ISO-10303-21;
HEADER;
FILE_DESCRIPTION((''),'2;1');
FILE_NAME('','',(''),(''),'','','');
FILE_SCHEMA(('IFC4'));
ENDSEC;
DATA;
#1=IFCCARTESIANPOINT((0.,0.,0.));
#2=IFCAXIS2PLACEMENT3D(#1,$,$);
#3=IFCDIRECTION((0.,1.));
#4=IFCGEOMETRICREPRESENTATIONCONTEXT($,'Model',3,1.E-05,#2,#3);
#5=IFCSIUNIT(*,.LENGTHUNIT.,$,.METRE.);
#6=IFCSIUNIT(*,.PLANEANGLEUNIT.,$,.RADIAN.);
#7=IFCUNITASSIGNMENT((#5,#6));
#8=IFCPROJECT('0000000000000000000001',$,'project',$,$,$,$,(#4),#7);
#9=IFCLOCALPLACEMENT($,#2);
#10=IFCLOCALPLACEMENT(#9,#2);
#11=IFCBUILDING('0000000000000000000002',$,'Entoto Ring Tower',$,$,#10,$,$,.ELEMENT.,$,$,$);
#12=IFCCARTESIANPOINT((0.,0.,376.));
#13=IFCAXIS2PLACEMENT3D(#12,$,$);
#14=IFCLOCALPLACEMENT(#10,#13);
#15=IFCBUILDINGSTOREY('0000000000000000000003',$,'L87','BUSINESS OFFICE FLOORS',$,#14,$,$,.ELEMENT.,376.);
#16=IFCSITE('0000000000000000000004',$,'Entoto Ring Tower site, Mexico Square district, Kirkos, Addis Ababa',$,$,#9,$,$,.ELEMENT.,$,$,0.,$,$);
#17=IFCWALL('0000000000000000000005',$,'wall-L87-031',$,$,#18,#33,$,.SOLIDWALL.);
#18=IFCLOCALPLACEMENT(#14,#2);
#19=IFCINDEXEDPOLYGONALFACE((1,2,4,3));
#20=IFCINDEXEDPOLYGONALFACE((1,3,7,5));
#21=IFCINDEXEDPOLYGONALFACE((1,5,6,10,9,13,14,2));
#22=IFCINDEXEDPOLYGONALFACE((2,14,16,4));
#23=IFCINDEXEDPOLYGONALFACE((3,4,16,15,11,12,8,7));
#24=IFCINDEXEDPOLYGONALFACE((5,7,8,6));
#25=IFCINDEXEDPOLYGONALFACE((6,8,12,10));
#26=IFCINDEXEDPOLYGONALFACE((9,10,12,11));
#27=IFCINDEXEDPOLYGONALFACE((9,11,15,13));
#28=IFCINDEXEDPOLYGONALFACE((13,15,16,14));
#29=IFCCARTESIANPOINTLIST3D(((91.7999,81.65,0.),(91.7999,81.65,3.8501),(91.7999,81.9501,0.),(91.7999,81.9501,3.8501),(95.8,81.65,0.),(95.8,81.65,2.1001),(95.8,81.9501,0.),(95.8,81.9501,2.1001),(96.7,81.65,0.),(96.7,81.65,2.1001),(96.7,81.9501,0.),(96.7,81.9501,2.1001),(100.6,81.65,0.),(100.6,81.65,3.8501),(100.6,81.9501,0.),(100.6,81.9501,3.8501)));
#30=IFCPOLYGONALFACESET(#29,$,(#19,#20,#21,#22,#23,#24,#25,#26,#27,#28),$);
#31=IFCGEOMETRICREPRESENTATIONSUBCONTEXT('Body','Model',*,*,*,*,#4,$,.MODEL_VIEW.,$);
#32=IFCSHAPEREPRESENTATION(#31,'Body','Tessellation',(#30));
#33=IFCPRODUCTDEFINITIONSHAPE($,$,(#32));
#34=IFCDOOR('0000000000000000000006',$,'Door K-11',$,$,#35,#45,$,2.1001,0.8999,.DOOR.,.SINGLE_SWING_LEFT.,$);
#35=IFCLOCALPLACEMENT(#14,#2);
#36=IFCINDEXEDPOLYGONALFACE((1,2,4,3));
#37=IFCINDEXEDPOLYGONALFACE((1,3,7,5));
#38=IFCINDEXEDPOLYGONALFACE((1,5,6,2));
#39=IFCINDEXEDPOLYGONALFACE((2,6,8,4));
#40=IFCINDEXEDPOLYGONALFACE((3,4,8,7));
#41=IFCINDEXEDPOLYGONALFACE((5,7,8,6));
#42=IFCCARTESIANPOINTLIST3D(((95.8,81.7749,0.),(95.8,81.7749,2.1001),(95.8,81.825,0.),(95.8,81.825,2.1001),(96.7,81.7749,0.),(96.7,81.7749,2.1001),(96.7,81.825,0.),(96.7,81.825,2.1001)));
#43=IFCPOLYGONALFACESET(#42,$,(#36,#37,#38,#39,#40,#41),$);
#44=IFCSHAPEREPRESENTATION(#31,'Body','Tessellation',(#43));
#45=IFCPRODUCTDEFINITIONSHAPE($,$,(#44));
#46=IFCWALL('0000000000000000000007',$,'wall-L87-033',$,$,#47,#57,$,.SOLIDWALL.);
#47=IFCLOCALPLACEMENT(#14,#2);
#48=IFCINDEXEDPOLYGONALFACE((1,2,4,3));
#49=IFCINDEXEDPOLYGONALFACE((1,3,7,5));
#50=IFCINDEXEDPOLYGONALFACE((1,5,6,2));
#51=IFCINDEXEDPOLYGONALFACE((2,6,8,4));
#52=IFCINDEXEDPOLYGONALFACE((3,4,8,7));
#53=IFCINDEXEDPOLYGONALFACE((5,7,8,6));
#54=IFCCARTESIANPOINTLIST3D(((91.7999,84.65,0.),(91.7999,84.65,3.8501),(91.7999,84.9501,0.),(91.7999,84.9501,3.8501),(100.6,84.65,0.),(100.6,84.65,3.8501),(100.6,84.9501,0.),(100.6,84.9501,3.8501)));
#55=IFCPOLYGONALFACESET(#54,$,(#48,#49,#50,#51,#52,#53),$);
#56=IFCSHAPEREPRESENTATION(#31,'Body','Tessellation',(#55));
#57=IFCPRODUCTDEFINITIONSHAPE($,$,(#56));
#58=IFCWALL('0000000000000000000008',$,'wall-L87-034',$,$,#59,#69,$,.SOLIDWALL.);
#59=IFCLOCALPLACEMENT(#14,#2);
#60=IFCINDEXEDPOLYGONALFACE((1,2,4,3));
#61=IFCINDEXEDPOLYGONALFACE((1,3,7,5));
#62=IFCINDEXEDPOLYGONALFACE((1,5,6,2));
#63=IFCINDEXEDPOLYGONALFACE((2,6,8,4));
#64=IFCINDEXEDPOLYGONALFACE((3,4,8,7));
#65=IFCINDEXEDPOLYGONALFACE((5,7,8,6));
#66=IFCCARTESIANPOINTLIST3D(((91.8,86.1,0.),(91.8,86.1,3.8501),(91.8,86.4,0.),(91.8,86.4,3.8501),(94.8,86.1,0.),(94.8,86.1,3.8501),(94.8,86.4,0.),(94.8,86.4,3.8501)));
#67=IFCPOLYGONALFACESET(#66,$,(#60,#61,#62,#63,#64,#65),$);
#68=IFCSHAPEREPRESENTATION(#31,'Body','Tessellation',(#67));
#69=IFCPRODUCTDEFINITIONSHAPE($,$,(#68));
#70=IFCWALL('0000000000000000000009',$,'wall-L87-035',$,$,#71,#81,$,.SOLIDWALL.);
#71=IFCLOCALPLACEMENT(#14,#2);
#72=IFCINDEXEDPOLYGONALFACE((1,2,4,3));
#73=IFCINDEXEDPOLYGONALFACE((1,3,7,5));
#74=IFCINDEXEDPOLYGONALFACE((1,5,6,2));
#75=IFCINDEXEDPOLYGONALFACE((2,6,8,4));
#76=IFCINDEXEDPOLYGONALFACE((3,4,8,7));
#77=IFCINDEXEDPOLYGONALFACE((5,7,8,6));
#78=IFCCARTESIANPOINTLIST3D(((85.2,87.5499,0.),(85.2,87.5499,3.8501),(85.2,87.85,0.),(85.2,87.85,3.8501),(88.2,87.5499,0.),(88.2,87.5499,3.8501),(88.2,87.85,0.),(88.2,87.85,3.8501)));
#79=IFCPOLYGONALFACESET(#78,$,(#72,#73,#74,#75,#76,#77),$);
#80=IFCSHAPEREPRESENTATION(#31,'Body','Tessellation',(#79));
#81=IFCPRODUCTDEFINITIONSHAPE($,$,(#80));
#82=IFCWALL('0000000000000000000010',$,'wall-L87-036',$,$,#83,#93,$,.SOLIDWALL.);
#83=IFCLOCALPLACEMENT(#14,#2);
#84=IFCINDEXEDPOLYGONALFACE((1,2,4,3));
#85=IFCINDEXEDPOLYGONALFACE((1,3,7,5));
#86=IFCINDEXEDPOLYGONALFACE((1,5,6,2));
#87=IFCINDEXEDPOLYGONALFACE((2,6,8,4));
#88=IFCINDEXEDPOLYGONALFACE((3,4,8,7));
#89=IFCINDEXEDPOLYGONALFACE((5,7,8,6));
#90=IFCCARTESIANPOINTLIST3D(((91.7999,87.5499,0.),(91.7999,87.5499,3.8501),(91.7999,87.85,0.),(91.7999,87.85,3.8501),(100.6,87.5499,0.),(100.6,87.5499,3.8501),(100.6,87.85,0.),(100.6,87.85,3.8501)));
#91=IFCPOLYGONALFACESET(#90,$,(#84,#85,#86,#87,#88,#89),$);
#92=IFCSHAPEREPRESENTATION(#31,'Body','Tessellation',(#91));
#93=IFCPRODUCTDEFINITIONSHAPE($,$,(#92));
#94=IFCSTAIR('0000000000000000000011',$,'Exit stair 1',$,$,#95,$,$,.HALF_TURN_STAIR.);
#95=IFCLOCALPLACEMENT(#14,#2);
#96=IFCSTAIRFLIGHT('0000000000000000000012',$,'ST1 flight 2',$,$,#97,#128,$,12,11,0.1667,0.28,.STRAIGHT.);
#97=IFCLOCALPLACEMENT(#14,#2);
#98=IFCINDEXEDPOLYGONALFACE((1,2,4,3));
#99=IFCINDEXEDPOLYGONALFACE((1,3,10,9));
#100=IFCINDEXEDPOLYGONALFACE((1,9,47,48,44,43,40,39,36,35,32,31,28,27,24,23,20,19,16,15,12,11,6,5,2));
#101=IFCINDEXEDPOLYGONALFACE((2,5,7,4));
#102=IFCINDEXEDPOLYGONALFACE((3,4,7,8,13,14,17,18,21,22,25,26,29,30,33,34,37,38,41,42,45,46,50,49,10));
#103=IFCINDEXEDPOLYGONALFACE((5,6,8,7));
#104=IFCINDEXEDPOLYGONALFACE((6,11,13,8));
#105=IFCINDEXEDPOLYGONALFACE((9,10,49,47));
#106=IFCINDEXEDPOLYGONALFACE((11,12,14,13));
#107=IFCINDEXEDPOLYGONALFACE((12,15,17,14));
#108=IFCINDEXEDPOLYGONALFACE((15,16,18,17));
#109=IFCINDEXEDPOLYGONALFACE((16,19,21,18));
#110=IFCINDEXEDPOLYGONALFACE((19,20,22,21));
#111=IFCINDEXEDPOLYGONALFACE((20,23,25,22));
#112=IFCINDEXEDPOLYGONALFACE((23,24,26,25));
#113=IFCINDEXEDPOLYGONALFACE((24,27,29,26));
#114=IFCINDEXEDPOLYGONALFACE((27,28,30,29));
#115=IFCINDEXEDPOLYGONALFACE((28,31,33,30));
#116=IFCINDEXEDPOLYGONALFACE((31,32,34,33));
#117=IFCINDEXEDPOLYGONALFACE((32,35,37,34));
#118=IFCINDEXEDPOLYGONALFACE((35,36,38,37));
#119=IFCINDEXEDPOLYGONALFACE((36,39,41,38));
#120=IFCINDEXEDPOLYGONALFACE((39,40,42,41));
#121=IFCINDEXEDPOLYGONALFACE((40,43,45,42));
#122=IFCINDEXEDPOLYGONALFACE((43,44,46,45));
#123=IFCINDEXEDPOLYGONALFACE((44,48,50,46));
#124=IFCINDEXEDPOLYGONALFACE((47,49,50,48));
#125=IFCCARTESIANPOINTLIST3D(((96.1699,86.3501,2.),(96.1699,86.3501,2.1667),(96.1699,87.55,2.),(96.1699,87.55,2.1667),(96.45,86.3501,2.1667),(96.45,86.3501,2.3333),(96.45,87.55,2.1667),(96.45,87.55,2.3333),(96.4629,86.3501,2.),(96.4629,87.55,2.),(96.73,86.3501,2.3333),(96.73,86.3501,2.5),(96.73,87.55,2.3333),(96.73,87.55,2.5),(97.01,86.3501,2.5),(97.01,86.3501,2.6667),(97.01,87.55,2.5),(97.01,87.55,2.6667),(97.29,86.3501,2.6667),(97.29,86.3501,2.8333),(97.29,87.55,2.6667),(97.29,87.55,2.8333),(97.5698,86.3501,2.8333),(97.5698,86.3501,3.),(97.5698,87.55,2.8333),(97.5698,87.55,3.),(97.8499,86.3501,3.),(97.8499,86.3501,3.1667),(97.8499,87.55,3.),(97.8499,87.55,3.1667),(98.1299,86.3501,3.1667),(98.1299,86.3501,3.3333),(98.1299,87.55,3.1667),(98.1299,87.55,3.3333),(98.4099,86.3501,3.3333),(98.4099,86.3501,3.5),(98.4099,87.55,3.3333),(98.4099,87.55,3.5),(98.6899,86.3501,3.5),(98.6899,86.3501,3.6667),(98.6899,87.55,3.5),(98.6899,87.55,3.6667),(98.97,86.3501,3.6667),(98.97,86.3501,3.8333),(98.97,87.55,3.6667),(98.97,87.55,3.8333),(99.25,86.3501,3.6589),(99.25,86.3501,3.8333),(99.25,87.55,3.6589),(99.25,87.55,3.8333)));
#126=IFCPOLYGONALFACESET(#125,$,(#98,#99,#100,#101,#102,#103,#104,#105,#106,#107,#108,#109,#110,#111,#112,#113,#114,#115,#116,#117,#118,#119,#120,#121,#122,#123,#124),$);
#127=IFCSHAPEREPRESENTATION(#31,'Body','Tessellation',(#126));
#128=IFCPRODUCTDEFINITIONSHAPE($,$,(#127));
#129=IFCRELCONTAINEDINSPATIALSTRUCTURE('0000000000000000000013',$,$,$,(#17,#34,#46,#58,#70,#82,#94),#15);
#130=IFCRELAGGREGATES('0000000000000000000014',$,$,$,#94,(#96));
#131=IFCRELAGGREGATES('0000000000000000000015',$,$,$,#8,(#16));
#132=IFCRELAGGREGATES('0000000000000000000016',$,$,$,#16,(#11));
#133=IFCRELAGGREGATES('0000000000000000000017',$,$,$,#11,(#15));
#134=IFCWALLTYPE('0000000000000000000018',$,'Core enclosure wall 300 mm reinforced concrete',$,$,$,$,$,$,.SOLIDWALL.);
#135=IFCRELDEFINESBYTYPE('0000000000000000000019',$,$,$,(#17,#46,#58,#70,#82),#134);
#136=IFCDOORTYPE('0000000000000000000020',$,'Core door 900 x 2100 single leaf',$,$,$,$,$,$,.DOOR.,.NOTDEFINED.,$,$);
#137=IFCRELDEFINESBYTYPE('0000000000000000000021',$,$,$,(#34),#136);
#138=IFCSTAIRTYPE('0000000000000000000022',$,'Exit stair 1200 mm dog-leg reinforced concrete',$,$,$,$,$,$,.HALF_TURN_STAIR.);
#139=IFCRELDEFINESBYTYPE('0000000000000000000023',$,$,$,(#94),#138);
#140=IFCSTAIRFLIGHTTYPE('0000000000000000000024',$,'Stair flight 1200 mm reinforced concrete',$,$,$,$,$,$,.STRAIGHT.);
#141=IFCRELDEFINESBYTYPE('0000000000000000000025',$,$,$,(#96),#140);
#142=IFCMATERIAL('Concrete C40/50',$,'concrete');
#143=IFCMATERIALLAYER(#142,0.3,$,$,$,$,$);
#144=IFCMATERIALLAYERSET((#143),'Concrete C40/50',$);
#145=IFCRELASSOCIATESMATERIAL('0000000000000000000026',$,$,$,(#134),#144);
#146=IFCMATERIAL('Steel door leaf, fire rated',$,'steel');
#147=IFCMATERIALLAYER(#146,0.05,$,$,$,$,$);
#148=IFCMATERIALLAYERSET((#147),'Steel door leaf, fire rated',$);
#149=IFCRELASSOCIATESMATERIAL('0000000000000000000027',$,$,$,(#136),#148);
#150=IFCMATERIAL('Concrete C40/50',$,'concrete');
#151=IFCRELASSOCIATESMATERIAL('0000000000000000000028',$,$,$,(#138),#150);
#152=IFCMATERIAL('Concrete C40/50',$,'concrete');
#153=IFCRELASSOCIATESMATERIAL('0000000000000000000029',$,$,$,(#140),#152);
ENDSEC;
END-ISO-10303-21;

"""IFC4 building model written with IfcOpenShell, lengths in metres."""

from ifc_helpers import new_model, si_unit, direction, frame, frame_2d, origin, place, context, subcontext, project, spatial, polyline, rectangle, outline, extrude, material, layer, layer_set, type_object, element, fill, aggregate, save


model = new_model("IFC4")

# Units and contexts
model_context = context("Model", 3, precision=1e-05, world=origin(), true_north=direction((0.0, 1.0)))
body_context = subcontext(model_context, "Body", "Model", "MODEL_VIEW")
ifc_project = project(units=[si_unit("LENGTHUNIT", "METRE"), si_unit("PLANEANGLEUNIT", "RADIAN")], contexts=[model_context])

# Site, building, storey
site_placement = place(None, origin())
site = spatial("IfcSite", under=ifc_project, at=site_placement, Name="Entoto Ring Tower site, Mexico Square district, Kirkos, Addis Ababa", CompositionType="ELEMENT", RefElevation=0.0)
building_placement = place(site_placement, origin())
building = spatial("IfcBuilding", under=site, at=building_placement, Name="Entoto Ring Tower", CompositionType="ELEMENT")
storey_placement = place(building_placement, frame((0.0, 0.0, 376.0)))
storey = spatial("IfcBuildingStorey", under=building, at=storey_placement, Name="L87", Description="BUSINESS OFFICE FLOORS", CompositionType="ELEMENT", Elevation=376.0)

# Shared definitions
ifc_material_1 = material(Name="Concrete C40/50", Category="concrete")
ifc_layer_1 = layer(ifc_material_1, 0.3)
ifc_layer_set_1 = layer_set([ifc_layer_1], Name="Concrete C40/50")
wall_type = type_object("IfcWallType", Name="Core enclosure wall 300 mm reinforced concrete", PredefinedType="SOLIDWALL", material=ifc_layer_set_1)

# Shared definitions
ifc_material_2 = material(Name="Steel door leaf, fire rated", Category="steel")
ifc_layer_2 = layer(ifc_material_2, 0.05)
ifc_layer_set_2 = layer_set([ifc_layer_2], Name="Steel door leaf, fire rated")
door_type_1 = type_object("IfcDoorType", Name="Core door 900 x 2100 single leaf", OperationType="NOTDEFINED", PredefinedType="DOOR", material=ifc_layer_set_2)

# Wall, opening, door
wall_1_placement = place(storey_placement, frame((91.8, 81.8, 0.0), z_axis=(0.0, 0.0, 1.0), x_axis=(1.0, 0.0, 0.0)))
wall_1 = element("IfcWall", 1, at=wall_1_placement, inside=storey, type_object=wall_type, Name="wall-L87-031", PredefinedType="SOLIDWALL", context=body_context, shape_type="SweptSolid", body=[
    extrude(rectangle(XDim=8.8, YDim=0.3, at=frame_2d((4.3999, 0.0))), origin(), (0.0, 0.0, 1.0), 3.8501),
])
opening_1_placement = place(wall_1_placement, frame((4.0, 0.0, 0.0)))
opening_1 = element("IfcOpeningElement", 2, at=opening_1_placement, cuts=wall_1, PredefinedType="OPENING", context=body_context, shape_type="SweptSolid", body=[
    extrude(rectangle(XDim=0.8999, YDim=2.1001, at=frame_2d((0.45, 1.05))), frame((0.0, 0.1602, 0.0), z_axis=(0.0, -1.0, 0.0), x_axis=(1.0, 0.0, 0.0)), (0.0, 0.0, 1.0), 0.3201),
])
door_1_placement = place(opening_1_placement, origin())
door_1 = element("IfcDoor", 3, at=door_1_placement, inside=storey, type_object=door_type_1, Name="Door K-11", OperationType="SINGLE_SWING_LEFT", OverallHeight=2.1001, OverallWidth=0.8999, PredefinedType="DOOR", context=body_context, shape_type="SweptSolid", body=[
    extrude(rectangle(XDim=0.8999, YDim=2.1001, at=frame_2d((0.45, 1.05))), frame((0.0, 0.0249, 0.0), z_axis=(0.0, -1.0, 0.0), x_axis=(1.0, 0.0, 0.0)), (0.0, 0.0, 1.0), 0.05),
])
fill(opening_1, door_1)

# Walls
wall_2_placement = place(storey_placement, frame((91.8, 84.8, 0.0), z_axis=(0.0, 0.0, 1.0), x_axis=(1.0, 0.0, 0.0)))
element("IfcWall", 4, at=wall_2_placement, inside=storey, type_object=wall_type, Name="wall-L87-033", PredefinedType="SOLIDWALL", context=body_context, shape_type="SweptSolid", body=[
    extrude(rectangle(XDim=8.8, YDim=0.3, at=frame_2d((4.3999, 0.0))), origin(), (0.0, 0.0, 1.0), 3.8501),
])
for number, where, z_axis, x_axis, name in (
    (5, (91.8, 86.25, 0.0), (0.0, 0.0, 1.0), (1.0, 0.0, 0.0), "wall-L87-034"),
    (6, (85.2, 87.7, 0.0), (0.0, 0.0, 1.0), (1.0, 0.0, 0.0), "wall-L87-035"),
):
    element("IfcWall", number, at=place(storey_placement, frame(where, z_axis=z_axis, x_axis=x_axis)), inside=storey, type_object=wall_type, Name=name, PredefinedType="SOLIDWALL", context=body_context, shape_type="SweptSolid", body=[
        extrude(rectangle(XDim=3.0, YDim=0.3, at=frame_2d((1.5, 0.0))), origin(), (0.0, 0.0, 1.0), 3.8501),
    ])
wall_3_placement = place(storey_placement, frame((91.8, 87.7, 0.0), z_axis=(0.0, 0.0, 1.0), x_axis=(1.0, 0.0, 0.0)))
element("IfcWall", 7, at=wall_3_placement, inside=storey, type_object=wall_type, Name="wall-L87-036", PredefinedType="SOLIDWALL", context=body_context, shape_type="SweptSolid", body=[
    extrude(rectangle(XDim=8.8, YDim=0.3, at=frame_2d((4.3999, 0.0))), origin(), (0.0, 0.0, 1.0), 3.8501),
])

# Stair, stair flight
ifc_material_3 = material(Name="Concrete C40/50", Category="concrete")
stair_type = type_object("IfcStairType", Name="Exit stair 1200 mm dog-leg reinforced concrete", PredefinedType="HALF_TURN_STAIR", material=ifc_material_3)
stair_placement = place(storey_placement, origin())
stair = element("IfcStair", 8, at=stair_placement, inside=storey, type_object=stair_type, Name="Exit stair 1", PredefinedType="HALF_TURN_STAIR")
ifc_material_4 = material(Name="Concrete C40/50", Category="concrete")
stair_flight_type = type_object("IfcStairFlightType", Name="Stair flight 1200 mm reinforced concrete", PredefinedType="STRAIGHT", material=ifc_material_4)
stair_flight_placement = place(storey_placement, frame((96.1699, 86.95, 2.0), z_axis=(0.0, 0.0, 1.0), x_axis=(1.0, 0.0, 0.0)))
stair_flight = element("IfcStairFlight", 9, at=stair_flight_placement, type_object=stair_flight_type, Name="ST1 flight 2", NumberOfRisers=12, NumberOfTreads=11, PredefinedType="STRAIGHT", RiserHeight=0.1667, TreadLength=0.28, context=body_context, shape_type="SweptSolid", body=[
    extrude(outline(polyline([(0.0, 0.0), (0.0, 0.1667), (0.28, 0.1667), (0.28, 0.3333), (0.5601, 0.3333), (0.5601, 0.5), (0.8401, 0.5), (0.8401, 0.6667), (1.1201, 0.6667), (1.1201, 0.8333), (1.3999, 0.8333), (1.3999, 1.0), (1.6799, 1.0), (1.6799, 1.1667), (1.96, 1.1667), (1.96, 1.3333), (2.24, 1.3333), (2.24, 1.5), (2.52, 1.5), (2.52, 1.6667), (2.8, 1.6667), (2.8, 1.8333), (3.0801, 1.8333), (3.0801, 2.0), (3.0801, 1.6589), (0.293, 0.0), (0.0, 0.0)])), frame((0.0, 0.6001, 0.0), z_axis=(0.0, -1.0, 0.0), x_axis=(1.0, 0.0, 0.0)), (0.0, 0.0, 1.0), 1.2),
])
aggregate(stair, [stair_flight])

save(model, "model.ifc")
